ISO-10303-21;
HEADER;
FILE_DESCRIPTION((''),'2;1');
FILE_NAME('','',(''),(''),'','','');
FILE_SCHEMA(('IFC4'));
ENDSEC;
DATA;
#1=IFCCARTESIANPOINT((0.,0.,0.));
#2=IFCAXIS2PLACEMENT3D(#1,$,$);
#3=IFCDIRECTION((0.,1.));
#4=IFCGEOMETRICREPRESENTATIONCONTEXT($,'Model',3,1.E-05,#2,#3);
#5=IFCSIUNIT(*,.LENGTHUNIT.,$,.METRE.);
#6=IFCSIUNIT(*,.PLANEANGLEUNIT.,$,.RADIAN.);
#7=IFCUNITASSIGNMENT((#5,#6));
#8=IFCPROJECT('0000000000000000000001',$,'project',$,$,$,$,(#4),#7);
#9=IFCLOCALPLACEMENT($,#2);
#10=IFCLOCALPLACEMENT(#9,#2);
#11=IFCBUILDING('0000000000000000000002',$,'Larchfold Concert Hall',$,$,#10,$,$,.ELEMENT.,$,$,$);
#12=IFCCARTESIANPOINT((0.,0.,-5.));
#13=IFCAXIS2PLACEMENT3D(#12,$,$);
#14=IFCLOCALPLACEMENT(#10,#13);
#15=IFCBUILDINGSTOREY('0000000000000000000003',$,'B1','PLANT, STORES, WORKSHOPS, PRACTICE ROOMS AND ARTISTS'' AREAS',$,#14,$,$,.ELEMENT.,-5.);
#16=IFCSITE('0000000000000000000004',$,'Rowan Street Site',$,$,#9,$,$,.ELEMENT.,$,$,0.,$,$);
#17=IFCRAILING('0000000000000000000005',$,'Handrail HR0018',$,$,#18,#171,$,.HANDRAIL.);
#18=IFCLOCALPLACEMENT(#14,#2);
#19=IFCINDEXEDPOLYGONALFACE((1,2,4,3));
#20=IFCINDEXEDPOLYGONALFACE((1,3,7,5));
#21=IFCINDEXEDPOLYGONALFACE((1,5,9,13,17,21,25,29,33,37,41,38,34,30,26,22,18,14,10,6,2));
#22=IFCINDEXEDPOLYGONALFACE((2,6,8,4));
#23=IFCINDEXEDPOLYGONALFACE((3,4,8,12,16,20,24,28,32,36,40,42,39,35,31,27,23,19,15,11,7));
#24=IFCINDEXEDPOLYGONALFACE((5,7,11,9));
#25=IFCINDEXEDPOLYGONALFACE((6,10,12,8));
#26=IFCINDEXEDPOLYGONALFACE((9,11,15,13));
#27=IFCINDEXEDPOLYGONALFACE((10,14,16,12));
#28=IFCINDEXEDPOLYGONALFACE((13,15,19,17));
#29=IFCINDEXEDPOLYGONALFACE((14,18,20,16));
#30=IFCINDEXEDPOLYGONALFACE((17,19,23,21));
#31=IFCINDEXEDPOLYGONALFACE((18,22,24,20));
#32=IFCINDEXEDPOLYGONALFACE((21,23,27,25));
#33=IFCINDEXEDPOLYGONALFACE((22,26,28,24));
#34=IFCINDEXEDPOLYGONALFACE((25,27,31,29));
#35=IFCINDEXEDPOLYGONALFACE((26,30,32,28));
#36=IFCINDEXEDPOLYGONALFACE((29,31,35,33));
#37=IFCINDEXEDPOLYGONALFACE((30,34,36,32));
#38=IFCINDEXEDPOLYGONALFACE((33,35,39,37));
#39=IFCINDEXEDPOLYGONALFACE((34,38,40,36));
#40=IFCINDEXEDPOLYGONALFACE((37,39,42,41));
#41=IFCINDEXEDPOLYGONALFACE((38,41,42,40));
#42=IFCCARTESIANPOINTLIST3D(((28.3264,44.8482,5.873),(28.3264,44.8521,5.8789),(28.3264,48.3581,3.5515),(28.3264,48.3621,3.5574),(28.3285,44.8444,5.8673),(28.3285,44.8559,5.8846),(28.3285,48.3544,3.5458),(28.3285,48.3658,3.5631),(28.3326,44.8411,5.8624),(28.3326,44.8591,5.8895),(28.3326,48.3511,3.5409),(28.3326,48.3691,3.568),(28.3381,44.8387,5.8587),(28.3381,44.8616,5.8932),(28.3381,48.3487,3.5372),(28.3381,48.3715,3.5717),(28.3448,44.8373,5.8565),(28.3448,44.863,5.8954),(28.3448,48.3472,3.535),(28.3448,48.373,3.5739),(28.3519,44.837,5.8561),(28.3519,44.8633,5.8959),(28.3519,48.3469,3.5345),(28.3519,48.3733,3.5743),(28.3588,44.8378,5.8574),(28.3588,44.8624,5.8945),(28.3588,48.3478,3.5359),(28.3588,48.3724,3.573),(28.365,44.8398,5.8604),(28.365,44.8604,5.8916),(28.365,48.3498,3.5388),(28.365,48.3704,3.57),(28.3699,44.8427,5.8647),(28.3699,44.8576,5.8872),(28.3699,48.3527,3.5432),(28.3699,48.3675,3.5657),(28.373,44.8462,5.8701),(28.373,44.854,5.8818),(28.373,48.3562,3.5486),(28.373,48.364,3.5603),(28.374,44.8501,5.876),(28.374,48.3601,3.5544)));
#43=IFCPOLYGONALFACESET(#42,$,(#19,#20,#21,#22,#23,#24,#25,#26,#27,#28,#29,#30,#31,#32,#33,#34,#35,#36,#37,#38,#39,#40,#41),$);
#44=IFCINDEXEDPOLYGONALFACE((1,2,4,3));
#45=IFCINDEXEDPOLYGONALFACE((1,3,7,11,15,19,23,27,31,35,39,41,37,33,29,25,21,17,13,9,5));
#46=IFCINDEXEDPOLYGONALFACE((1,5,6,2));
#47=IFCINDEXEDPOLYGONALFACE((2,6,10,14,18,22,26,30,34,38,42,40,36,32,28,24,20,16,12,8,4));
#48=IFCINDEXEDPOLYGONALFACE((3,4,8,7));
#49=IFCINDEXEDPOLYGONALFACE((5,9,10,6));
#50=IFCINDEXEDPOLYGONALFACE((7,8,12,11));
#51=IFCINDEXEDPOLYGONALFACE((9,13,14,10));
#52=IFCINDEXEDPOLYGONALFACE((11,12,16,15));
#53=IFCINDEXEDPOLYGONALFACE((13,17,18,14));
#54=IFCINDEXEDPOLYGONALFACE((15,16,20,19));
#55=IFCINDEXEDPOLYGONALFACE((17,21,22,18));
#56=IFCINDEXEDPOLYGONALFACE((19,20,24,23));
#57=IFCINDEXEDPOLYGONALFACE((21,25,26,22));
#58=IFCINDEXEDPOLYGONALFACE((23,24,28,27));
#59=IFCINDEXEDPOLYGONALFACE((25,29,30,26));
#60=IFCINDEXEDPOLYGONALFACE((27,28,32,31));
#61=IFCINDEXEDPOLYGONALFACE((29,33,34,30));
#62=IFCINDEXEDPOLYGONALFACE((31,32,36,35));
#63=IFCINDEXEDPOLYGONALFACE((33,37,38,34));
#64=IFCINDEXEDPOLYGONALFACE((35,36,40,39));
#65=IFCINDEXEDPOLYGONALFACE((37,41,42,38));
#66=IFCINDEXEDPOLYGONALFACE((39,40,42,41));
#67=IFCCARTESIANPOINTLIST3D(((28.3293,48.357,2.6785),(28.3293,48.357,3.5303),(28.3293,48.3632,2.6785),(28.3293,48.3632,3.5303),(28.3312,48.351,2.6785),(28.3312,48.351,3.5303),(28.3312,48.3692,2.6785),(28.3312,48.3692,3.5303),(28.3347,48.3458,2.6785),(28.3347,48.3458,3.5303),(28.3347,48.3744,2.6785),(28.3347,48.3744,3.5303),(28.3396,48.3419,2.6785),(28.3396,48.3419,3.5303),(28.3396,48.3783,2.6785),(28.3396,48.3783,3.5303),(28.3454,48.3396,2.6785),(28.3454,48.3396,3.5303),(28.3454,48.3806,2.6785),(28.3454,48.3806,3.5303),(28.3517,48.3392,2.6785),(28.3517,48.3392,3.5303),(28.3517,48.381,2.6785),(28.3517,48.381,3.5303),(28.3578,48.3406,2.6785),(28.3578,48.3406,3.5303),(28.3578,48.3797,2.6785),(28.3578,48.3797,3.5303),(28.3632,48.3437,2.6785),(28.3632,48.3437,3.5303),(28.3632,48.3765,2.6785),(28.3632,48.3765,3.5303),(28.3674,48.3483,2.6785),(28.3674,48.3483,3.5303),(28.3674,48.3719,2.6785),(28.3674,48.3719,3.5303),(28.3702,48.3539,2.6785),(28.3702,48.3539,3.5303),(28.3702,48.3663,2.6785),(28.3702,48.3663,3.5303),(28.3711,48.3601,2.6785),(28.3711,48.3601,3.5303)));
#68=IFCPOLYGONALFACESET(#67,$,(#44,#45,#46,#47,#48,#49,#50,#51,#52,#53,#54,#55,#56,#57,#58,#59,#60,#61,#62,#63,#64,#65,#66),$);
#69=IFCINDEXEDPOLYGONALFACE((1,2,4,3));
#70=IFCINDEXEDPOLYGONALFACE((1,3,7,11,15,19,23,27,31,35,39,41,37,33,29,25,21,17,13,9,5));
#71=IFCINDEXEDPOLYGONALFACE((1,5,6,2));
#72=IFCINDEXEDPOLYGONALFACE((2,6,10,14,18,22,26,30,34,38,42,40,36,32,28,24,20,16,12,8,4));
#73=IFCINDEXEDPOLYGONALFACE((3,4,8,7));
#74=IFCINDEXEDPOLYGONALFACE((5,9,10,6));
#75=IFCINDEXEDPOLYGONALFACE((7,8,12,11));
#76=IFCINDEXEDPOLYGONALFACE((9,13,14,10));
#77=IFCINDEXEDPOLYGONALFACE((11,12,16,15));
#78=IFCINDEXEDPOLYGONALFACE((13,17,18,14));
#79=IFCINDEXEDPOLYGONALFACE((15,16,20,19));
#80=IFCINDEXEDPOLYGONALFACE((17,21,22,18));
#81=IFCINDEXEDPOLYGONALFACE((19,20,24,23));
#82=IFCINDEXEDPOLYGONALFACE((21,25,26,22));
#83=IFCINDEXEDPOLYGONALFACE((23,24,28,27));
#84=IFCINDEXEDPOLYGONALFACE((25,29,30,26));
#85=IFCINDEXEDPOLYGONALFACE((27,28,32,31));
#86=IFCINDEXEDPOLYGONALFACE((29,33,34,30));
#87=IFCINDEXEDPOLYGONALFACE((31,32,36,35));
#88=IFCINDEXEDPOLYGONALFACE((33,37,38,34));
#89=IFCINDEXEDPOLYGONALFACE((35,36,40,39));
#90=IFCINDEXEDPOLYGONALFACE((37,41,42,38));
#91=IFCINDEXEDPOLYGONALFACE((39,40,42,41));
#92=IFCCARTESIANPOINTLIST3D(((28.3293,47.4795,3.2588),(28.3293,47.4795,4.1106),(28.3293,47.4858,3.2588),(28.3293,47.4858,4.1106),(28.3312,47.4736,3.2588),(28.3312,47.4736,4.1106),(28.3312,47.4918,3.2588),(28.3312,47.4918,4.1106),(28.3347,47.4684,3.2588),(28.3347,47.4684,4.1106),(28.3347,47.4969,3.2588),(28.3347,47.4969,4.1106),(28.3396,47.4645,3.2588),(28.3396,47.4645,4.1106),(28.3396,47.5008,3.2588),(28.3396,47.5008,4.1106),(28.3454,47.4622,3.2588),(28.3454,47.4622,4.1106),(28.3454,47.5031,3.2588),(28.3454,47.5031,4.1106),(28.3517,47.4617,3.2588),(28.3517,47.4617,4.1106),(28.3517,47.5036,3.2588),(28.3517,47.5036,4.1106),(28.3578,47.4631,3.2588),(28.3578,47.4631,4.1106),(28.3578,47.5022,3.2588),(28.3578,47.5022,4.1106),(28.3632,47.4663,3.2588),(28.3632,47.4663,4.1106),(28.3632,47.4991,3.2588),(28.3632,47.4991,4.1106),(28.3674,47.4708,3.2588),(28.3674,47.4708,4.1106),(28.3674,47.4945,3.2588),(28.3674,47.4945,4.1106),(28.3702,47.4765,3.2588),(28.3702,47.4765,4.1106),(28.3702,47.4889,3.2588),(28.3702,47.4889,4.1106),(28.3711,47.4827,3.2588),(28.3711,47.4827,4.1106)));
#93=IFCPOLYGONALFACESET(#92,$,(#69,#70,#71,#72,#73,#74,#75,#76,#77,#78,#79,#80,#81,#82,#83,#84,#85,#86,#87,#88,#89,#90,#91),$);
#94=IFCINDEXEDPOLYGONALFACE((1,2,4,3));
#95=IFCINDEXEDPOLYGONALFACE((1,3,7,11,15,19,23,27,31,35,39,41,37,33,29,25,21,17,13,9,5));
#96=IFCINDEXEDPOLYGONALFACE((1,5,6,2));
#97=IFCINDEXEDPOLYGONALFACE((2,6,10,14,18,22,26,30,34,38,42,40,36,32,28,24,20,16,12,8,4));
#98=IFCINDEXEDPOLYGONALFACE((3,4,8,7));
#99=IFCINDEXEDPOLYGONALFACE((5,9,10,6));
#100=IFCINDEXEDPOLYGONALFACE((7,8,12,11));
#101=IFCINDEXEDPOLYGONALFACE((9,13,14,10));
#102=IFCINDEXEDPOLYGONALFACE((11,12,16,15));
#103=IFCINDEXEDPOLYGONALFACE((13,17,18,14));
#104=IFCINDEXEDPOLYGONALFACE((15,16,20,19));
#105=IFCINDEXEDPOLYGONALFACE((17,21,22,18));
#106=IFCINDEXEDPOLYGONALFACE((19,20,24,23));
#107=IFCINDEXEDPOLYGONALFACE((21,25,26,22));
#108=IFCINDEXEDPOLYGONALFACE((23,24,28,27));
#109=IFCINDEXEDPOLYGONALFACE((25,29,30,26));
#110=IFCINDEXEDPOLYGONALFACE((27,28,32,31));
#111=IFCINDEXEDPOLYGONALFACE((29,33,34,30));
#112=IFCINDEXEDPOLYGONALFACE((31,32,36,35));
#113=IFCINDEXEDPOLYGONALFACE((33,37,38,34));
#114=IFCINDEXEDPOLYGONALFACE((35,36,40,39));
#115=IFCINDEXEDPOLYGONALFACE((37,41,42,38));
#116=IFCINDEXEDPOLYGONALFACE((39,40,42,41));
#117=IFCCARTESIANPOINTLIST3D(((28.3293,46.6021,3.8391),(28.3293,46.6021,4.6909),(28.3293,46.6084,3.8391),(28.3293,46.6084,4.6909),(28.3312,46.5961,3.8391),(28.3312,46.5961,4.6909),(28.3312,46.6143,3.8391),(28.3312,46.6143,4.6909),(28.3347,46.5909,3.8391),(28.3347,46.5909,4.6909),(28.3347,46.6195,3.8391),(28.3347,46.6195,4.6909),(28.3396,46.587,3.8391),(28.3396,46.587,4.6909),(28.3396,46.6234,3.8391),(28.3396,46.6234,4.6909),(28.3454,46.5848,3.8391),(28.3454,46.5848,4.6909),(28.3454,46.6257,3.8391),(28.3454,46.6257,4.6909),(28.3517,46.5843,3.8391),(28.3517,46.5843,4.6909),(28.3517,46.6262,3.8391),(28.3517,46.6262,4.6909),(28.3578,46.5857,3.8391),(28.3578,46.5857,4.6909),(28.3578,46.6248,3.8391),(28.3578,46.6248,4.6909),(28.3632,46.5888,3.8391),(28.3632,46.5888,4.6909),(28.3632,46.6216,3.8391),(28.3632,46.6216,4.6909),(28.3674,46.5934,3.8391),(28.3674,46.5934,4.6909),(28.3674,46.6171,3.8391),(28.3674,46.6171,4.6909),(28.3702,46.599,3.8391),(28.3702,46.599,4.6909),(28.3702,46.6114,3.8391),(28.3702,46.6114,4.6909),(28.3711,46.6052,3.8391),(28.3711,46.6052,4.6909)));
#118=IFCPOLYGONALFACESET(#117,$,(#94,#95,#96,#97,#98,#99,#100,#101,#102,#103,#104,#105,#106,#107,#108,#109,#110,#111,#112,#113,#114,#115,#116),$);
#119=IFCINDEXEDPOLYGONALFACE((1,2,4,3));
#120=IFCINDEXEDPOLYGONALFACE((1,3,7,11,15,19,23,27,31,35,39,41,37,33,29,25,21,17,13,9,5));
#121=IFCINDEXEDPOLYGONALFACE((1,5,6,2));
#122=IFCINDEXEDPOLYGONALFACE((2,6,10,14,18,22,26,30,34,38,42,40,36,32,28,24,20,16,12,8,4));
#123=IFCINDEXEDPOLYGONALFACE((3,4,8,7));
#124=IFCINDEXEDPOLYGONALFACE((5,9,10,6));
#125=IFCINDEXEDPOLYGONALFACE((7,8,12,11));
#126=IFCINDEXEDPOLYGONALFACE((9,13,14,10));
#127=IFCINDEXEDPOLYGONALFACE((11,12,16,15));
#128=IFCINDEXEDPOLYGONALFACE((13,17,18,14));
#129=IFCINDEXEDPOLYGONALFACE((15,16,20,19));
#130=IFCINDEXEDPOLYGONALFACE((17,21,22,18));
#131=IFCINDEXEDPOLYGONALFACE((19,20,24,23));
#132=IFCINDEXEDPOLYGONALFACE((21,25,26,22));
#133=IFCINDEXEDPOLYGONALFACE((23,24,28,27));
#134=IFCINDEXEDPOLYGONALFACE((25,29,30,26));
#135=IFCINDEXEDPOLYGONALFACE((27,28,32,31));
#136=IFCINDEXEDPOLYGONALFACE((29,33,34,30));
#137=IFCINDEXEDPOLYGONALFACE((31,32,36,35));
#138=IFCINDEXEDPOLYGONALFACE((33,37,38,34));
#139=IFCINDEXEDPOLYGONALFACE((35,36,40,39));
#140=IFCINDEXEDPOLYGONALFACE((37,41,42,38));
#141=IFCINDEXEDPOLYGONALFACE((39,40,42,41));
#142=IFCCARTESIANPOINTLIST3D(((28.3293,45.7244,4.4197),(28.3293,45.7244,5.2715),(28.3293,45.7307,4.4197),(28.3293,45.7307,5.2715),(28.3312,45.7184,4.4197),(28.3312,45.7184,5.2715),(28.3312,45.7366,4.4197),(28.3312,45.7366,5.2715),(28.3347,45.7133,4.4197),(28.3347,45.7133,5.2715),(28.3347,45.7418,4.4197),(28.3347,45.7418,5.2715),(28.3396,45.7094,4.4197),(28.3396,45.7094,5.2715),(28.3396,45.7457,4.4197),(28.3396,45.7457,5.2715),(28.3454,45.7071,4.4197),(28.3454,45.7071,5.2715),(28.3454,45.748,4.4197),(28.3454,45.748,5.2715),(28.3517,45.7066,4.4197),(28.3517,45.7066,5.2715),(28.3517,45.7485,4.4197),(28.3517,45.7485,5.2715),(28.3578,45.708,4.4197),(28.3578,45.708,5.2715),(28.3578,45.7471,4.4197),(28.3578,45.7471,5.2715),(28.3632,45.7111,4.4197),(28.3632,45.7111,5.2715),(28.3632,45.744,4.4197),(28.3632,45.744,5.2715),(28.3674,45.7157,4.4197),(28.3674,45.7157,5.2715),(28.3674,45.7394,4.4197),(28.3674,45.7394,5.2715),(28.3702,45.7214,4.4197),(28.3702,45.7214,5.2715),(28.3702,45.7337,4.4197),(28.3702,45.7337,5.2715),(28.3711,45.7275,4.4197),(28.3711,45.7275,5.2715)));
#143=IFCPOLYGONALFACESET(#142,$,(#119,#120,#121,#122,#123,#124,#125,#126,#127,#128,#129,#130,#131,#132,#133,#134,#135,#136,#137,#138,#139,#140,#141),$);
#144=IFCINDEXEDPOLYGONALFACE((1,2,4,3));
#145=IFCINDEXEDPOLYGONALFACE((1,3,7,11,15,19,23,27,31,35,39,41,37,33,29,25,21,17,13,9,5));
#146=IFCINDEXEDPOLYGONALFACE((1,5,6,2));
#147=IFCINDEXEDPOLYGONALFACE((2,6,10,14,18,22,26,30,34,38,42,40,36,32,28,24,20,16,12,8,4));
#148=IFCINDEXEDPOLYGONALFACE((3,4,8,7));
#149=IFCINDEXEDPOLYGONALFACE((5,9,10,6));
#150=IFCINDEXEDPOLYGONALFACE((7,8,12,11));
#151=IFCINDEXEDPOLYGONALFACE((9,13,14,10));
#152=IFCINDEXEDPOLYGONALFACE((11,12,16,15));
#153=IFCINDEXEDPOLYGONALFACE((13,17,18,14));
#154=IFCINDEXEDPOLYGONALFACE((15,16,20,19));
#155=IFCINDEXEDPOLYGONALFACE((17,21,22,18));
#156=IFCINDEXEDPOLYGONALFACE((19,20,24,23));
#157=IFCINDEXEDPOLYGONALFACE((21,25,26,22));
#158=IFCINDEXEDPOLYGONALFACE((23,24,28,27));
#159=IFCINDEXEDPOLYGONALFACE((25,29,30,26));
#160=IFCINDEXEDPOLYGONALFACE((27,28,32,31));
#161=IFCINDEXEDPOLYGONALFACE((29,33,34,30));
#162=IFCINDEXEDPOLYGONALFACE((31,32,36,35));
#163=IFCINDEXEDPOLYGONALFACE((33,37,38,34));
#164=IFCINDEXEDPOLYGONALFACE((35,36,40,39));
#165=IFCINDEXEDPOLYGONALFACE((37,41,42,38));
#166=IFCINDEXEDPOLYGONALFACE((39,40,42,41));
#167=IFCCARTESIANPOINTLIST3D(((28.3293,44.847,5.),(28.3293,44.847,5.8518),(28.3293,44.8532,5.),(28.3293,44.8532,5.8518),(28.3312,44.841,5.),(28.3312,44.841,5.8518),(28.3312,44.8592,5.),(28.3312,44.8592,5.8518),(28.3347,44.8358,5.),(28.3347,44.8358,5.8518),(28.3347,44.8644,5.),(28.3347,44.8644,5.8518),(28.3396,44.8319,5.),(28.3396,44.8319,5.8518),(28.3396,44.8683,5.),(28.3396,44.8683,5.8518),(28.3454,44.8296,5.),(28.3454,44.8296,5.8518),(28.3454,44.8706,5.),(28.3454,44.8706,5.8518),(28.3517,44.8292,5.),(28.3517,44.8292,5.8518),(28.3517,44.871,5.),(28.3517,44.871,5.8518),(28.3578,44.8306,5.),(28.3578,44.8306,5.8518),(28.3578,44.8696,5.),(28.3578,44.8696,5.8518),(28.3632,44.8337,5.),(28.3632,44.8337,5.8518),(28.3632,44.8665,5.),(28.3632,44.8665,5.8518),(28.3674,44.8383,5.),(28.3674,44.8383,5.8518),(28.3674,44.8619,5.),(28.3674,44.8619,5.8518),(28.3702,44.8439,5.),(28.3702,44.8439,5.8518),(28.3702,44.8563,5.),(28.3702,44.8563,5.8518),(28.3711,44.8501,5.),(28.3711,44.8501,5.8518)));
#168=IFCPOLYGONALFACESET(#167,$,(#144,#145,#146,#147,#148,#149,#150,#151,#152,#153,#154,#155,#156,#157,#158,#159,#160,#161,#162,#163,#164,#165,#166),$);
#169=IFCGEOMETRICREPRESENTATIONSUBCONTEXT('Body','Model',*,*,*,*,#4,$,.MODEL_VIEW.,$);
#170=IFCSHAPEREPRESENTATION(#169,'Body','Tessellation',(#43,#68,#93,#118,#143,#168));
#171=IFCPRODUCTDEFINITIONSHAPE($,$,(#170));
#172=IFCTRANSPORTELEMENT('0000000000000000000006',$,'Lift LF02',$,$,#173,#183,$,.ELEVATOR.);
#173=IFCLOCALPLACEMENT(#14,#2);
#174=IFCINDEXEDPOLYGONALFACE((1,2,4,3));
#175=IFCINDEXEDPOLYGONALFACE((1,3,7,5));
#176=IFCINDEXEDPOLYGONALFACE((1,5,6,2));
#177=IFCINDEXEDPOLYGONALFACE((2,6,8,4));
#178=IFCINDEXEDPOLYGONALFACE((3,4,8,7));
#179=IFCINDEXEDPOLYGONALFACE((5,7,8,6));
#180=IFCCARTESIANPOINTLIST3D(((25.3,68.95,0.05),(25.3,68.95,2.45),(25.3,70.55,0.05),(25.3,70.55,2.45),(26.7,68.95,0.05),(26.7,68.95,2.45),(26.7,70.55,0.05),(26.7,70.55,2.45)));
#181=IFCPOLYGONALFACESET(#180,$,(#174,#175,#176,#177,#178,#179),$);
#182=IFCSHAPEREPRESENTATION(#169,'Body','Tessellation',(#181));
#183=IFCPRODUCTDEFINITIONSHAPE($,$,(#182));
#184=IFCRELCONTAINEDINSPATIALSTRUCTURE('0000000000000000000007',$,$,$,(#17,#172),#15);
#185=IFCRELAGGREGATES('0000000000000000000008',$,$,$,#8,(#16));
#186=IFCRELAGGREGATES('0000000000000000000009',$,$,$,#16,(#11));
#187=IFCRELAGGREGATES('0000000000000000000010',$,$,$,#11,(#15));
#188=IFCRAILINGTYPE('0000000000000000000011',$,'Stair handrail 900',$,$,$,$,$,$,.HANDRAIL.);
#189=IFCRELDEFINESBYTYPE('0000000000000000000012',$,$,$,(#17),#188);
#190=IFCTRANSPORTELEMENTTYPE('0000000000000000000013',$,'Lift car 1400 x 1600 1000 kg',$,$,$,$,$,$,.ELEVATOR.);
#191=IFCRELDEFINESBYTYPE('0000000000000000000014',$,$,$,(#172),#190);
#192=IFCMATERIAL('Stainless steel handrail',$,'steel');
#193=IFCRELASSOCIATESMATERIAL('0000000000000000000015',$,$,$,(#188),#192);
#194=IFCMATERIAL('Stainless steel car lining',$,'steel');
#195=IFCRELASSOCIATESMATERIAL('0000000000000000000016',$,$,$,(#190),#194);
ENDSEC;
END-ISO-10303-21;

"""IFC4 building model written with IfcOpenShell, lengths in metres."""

from ifc_helpers import new_model, si_unit, direction, frame, origin, origin_2d, place, context, subcontext, project, spatial, rectangle, circle, extrude, material, type_object, element, save


model = new_model("IFC4")

# Units and contexts
model_context = context("Model", 3, precision=1e-05, world=origin(), true_north=direction((0.0, 1.0)))
body_context = subcontext(model_context, "Body", "Model", "MODEL_VIEW")
ifc_project = project(units=[si_unit("LENGTHUNIT", "METRE"), si_unit("PLANEANGLEUNIT", "RADIAN")], contexts=[model_context])

# Site, building, storey
site_placement = place(None, origin())
site = spatial("IfcSite", under=ifc_project, at=site_placement, Name="Rowan Street Site", CompositionType="ELEMENT", RefElevation=0.0)
building_placement = place(site_placement, origin())
building = spatial("IfcBuilding", under=site, at=building_placement, Name="Larchfold Concert Hall", CompositionType="ELEMENT")
storey_placement = place(building_placement, frame((0.0, 0.0, -5.0)))
storey = spatial("IfcBuildingStorey", under=building, at=storey_placement, Name="B1", Description="PLANT, STORES, WORKSHOPS, PRACTICE ROOMS AND ARTISTS' AREAS", CompositionType="ELEMENT", Elevation=-5.0)

# Railing
ifc_material_1 = material(Name="Stainless steel handrail", Category="steel")
railing_type = type_object("IfcRailingType", Name="Stair handrail 900", PredefinedType="HANDRAIL", material=ifc_material_1)
railing_placement = place(storey_placement, frame((28.3501, 48.3601, 2.6785)))
element("IfcRailing", 1, at=railing_placement, inside=storey, type_object=railing_type, Name="Handrail HR0018", PredefinedType="HANDRAIL", context=body_context, shape_type="SweptSolid", body=[
    extrude(circle(Radius=0.0239, at=origin_2d()), frame((0.0, 0.0, 0.876), z_axis=(0.0, -0.834071, 0.551657), x_axis=(1.0, 0.0, 0.0)), (0.0, 0.0, 1.0), 4.2083),
    extrude(circle(Radius=0.021, at=origin_2d()), origin(), (0.0, 0.0, 1.0), 0.8518),
    extrude(circle(Radius=0.021, at=origin_2d()), frame((0.0, -0.8774, 0.5803)), (0.0, 0.0, 1.0), 0.8518),
    extrude(circle(Radius=0.021, at=origin_2d()), frame((0.0, -1.7549, 1.1606)), (0.0, 0.0, 1.0), 0.8518),
    extrude(circle(Radius=0.021, at=origin_2d()), frame((0.0, -2.6326, 1.7412)), (0.0, 0.0, 1.0), 0.8518),
    extrude(circle(Radius=0.021, at=origin_2d()), frame((0.0, -3.51, 2.3215)), (0.0, 0.0, 1.0), 0.8518),
])

# Transport element
ifc_material_2 = material(Name="Stainless steel car lining", Category="steel")
transport_element_type = type_object("IfcTransportElementType", Name="Lift car 1400 x 1600 1000 kg", PredefinedType="ELEVATOR", material=ifc_material_2)
transport_element_placement = place(storey_placement, frame((26.0, 69.75, 0.05), z_axis=(0.0, 0.0, 1.0), x_axis=(1.0, 0.0, 0.0)))
element("IfcTransportElement", 2, at=transport_element_placement, inside=storey, type_object=transport_element_type, Name="Lift LF02", PredefinedType="ELEVATOR", context=body_context, shape_type="SweptSolid", body=[
    extrude(rectangle(XDim=1.3999, YDim=1.6001, at=origin_2d()), origin(), (0.0, 0.0, 1.0), 2.3999),
])

save(model, "model.ifc")
